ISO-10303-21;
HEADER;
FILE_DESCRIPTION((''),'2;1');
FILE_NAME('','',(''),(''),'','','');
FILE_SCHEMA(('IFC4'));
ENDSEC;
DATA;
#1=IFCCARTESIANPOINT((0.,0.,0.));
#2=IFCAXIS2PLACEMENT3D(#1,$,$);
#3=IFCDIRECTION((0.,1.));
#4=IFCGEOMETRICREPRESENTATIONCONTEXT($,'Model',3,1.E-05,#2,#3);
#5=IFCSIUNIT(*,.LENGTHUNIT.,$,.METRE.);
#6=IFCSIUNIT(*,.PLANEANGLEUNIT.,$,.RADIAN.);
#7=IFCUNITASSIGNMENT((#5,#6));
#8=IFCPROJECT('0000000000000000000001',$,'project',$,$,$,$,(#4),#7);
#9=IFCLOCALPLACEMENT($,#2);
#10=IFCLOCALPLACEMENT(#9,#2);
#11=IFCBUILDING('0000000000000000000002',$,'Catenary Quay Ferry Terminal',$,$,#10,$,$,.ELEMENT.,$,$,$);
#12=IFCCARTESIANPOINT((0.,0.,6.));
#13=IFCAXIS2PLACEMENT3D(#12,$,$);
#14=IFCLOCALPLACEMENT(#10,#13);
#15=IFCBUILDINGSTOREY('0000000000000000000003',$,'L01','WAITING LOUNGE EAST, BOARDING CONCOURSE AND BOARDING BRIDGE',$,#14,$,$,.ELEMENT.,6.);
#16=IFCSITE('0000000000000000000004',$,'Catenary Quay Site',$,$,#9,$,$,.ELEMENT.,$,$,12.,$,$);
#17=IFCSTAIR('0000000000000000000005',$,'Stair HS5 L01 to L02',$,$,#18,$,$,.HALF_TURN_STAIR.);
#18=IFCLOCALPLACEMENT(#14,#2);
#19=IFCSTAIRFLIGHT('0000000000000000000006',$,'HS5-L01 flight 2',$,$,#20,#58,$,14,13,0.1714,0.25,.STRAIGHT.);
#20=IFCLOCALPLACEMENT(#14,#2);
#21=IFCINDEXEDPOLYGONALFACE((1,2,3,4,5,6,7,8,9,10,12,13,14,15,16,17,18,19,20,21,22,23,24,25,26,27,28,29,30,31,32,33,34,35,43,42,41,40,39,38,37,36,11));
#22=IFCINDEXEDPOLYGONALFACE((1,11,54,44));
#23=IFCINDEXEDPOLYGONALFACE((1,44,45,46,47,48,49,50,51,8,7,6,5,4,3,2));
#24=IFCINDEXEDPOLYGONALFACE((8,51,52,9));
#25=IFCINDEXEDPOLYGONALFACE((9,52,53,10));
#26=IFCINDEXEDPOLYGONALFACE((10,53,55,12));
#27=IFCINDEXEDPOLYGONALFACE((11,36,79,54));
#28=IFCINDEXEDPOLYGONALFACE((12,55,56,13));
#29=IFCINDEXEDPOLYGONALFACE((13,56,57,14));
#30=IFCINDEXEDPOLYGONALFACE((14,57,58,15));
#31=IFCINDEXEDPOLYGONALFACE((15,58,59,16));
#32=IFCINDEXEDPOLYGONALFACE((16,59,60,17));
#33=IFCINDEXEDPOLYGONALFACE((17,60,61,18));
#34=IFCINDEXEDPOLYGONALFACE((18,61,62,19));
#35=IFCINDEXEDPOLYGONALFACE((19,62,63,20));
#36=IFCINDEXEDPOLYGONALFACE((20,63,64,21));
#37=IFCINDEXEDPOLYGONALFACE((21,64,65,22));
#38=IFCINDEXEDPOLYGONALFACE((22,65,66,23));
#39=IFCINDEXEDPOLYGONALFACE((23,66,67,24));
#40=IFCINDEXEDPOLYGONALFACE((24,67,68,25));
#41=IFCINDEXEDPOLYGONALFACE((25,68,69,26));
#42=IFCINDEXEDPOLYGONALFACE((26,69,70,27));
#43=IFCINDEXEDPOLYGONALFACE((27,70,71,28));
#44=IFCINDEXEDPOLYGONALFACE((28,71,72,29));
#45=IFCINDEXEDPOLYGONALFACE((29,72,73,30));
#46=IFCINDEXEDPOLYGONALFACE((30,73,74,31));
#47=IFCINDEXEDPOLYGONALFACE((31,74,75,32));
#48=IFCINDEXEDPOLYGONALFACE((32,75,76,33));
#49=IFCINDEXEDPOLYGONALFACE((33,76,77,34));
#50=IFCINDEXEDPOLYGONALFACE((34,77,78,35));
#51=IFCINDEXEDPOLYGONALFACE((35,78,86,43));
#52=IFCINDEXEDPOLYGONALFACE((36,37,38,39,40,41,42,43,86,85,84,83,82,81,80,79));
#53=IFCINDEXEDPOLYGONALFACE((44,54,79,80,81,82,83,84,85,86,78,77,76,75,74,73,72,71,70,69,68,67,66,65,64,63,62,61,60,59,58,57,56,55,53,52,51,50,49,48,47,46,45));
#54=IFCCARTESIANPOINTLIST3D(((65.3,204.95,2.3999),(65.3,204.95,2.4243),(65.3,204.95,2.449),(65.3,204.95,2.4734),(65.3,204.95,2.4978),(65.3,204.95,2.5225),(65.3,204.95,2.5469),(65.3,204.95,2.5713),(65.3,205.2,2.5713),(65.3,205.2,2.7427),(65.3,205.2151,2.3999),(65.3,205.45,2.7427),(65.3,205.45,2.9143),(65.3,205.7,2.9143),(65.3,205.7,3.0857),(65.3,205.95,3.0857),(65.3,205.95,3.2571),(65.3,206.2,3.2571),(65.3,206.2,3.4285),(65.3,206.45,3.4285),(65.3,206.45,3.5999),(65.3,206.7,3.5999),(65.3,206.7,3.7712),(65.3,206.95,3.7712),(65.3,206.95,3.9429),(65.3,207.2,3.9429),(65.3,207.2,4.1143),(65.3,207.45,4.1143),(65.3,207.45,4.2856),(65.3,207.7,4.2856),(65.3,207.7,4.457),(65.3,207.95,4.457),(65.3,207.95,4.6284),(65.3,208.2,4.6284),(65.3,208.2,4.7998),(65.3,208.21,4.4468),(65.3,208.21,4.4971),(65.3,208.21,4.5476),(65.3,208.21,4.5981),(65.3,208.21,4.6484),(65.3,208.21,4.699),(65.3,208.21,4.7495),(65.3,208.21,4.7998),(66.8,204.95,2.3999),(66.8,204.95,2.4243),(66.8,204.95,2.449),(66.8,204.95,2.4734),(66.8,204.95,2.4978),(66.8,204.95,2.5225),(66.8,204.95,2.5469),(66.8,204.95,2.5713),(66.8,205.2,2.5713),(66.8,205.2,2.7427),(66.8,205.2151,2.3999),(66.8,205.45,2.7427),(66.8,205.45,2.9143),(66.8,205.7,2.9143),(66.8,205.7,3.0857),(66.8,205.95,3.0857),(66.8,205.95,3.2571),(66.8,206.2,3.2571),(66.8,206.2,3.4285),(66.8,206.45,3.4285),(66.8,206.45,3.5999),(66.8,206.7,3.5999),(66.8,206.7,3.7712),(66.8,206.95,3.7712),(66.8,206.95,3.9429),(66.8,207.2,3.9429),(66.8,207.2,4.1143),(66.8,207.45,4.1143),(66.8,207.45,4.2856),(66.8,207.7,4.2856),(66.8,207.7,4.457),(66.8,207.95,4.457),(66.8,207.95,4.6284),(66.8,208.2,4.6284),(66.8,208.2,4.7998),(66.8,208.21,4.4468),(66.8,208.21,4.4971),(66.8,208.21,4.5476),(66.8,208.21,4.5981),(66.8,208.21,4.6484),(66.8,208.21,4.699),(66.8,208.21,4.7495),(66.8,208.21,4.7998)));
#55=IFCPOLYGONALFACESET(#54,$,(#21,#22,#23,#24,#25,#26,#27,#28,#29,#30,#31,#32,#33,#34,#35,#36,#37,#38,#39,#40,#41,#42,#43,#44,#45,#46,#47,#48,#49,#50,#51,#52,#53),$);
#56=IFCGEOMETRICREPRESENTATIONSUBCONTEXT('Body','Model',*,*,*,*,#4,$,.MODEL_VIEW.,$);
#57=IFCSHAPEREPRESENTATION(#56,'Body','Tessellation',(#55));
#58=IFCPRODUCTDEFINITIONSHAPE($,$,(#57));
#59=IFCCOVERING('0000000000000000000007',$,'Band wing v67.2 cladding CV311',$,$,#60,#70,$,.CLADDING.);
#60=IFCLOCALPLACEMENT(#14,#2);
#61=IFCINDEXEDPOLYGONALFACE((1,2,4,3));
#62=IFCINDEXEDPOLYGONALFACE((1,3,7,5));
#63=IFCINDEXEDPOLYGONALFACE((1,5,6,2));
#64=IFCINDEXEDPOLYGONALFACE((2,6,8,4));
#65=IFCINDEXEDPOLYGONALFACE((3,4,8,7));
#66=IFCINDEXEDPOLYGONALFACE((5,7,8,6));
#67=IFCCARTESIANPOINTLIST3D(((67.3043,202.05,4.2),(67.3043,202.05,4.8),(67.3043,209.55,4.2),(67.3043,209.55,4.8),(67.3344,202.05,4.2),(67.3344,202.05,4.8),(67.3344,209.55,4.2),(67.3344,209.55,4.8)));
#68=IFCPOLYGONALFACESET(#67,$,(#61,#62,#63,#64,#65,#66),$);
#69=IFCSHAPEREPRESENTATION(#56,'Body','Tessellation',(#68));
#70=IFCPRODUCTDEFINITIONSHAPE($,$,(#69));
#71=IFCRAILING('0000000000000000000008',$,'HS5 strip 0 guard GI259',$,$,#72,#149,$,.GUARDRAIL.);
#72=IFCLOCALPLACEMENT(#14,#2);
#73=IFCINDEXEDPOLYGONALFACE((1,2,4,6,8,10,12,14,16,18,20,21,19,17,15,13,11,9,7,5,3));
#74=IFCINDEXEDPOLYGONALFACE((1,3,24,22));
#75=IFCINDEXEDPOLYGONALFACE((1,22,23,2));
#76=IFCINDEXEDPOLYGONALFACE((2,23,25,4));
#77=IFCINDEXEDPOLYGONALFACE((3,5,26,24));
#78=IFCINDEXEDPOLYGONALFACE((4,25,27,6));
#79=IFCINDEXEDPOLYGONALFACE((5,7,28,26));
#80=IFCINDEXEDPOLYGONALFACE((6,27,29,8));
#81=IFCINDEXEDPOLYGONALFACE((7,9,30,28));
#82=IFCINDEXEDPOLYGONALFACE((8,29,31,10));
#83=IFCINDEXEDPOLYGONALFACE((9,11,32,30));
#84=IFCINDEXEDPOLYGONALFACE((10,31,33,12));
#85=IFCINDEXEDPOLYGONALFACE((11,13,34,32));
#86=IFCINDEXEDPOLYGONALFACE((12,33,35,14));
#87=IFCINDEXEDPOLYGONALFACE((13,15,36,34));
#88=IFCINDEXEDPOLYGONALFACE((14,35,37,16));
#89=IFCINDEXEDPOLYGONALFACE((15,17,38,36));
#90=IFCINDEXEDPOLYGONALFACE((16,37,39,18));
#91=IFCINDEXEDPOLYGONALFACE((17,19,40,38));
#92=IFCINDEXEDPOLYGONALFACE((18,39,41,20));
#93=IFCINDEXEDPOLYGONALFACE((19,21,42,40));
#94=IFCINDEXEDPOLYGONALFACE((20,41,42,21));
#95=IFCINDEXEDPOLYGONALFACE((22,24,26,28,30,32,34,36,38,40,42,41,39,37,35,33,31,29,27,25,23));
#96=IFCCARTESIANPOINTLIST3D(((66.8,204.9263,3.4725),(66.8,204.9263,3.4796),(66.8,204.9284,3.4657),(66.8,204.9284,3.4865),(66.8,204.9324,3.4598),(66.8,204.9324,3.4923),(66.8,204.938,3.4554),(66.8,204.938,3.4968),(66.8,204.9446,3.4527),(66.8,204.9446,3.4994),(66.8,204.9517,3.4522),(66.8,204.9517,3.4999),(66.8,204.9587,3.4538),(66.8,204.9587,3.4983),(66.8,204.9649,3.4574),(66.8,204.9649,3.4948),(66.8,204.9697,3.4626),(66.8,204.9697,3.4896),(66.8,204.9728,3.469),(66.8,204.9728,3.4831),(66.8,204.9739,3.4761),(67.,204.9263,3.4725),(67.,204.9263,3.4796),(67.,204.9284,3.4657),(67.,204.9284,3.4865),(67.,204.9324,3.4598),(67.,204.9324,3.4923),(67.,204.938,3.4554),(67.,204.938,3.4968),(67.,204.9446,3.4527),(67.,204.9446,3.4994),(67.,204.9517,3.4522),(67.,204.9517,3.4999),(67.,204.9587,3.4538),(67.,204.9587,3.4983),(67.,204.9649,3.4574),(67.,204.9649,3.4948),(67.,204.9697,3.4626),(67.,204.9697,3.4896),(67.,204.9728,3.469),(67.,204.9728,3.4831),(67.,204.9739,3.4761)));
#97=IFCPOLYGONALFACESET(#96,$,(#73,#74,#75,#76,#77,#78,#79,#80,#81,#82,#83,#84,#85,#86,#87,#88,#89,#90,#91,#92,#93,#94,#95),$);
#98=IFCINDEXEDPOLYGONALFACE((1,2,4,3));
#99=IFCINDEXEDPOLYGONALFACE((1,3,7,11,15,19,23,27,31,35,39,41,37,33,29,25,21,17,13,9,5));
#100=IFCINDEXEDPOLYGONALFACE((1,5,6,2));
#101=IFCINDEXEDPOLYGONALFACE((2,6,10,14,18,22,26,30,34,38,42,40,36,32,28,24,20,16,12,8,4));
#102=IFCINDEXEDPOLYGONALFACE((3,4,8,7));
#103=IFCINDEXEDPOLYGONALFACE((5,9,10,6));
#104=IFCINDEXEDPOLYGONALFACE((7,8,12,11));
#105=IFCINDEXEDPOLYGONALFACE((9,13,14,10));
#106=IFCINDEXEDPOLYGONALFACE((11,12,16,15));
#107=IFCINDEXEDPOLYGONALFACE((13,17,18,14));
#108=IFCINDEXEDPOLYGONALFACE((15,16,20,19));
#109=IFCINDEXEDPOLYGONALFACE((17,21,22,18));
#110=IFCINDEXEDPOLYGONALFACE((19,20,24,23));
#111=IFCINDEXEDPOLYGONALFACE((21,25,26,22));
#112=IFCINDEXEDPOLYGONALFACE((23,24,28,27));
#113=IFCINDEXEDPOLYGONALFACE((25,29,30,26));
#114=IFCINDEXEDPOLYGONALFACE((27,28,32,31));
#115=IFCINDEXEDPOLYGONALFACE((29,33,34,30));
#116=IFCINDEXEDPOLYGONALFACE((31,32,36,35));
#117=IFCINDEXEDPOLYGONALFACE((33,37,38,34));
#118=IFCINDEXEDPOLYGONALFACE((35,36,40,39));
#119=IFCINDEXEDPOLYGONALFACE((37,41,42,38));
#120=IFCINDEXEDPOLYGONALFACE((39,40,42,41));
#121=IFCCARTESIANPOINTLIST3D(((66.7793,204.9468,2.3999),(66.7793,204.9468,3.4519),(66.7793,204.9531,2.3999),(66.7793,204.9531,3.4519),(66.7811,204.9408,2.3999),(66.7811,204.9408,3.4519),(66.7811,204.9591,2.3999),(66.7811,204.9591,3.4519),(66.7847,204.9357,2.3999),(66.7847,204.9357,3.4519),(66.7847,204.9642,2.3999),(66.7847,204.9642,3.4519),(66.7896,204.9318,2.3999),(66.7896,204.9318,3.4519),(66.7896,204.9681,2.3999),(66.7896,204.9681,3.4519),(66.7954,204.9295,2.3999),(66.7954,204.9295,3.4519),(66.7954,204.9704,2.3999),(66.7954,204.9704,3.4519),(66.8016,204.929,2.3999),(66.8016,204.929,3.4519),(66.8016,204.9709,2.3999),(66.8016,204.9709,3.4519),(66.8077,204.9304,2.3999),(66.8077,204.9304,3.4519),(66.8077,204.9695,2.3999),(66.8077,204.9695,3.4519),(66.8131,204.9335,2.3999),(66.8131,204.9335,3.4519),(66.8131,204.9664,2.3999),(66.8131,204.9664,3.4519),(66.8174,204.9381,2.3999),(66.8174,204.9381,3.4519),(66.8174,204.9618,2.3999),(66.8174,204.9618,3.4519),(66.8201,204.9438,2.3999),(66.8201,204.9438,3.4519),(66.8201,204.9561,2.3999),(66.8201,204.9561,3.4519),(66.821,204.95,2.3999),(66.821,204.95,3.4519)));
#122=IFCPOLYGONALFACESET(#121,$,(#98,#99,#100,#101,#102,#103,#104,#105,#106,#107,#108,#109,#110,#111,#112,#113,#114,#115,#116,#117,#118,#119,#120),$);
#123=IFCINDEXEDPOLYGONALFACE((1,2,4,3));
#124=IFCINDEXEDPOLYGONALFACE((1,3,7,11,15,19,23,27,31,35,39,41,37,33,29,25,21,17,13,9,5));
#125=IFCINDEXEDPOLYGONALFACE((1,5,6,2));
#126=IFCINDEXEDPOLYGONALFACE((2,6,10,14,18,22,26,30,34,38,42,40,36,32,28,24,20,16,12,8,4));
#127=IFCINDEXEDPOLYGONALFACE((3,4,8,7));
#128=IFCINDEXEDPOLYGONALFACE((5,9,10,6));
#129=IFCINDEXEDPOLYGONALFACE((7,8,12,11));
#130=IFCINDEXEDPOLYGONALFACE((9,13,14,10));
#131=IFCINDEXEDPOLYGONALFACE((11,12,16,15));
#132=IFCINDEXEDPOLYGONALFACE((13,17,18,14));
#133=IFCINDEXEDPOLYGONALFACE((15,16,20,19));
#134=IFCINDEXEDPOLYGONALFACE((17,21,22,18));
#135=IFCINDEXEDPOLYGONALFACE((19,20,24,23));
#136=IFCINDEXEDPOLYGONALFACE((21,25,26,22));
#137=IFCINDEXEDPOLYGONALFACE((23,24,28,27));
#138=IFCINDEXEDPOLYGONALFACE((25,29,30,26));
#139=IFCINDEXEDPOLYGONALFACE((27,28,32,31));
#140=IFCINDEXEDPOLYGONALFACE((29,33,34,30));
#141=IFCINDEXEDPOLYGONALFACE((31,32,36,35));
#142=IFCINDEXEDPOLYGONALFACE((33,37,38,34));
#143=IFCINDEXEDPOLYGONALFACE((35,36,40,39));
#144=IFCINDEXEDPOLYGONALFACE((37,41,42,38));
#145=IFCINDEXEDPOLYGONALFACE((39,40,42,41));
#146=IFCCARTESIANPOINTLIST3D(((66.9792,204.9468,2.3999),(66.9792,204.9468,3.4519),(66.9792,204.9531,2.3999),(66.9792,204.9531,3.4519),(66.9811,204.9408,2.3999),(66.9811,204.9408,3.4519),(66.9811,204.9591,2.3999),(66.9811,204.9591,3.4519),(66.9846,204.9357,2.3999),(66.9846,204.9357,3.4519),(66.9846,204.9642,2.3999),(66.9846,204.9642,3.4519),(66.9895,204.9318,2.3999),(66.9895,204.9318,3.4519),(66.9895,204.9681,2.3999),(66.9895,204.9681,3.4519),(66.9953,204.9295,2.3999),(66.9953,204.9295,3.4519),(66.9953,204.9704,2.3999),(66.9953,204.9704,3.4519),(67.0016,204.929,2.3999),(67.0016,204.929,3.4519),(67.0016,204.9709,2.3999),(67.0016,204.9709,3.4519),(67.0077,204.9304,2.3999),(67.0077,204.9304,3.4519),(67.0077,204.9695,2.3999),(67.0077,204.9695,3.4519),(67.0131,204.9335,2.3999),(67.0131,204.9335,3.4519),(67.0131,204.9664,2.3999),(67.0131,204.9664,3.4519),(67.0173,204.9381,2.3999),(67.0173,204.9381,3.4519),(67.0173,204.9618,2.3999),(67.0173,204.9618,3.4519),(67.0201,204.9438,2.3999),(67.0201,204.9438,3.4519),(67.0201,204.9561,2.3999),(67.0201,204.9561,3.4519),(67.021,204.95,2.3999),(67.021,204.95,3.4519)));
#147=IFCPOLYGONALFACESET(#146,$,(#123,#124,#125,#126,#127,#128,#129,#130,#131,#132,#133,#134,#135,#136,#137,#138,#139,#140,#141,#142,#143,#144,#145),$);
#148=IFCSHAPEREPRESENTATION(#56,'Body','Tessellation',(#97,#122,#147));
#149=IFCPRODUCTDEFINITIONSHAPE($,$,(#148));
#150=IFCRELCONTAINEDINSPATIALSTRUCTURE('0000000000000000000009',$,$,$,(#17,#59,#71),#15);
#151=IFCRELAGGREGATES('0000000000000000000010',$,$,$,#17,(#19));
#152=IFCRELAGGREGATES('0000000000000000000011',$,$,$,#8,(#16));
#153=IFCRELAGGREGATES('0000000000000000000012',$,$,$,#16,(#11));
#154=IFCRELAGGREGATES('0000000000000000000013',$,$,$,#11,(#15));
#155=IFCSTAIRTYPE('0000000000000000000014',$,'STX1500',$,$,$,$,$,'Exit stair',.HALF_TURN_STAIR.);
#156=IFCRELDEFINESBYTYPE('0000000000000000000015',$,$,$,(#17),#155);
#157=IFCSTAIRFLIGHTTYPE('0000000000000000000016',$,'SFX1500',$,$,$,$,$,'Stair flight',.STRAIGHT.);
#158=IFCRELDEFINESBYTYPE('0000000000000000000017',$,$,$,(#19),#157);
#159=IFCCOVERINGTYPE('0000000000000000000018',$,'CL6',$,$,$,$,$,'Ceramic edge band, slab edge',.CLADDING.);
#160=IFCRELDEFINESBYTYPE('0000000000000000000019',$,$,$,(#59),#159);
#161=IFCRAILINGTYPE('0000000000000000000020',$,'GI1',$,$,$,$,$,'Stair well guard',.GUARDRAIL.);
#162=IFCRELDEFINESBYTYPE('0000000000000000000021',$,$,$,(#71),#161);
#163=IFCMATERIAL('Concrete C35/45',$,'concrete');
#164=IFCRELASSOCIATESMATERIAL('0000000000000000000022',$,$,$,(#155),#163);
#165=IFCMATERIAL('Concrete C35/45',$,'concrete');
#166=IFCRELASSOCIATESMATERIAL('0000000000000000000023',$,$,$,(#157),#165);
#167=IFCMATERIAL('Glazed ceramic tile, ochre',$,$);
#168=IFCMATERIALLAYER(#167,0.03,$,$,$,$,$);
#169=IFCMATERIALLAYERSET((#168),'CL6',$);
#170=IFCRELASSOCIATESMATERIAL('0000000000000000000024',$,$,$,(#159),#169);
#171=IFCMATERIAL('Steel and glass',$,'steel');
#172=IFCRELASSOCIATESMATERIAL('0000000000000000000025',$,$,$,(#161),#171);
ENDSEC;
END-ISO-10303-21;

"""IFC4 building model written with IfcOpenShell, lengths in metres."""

from ifc_helpers import new_model, si_unit, direction, frame, origin, origin_2d, place, context, subcontext, project, spatial, polyline, rectangle, circle, outline, extrude, material, layer, layer_set, type_object, element, aggregate, save


model = new_model("IFC4")

# Units and contexts
model_context = context("Model", 3, precision=1e-05, world=origin(), true_north=direction((0.0, 1.0)))
body_context = subcontext(model_context, "Body", "Model", "MODEL_VIEW")
ifc_project = project(units=[si_unit("LENGTHUNIT", "METRE"), si_unit("PLANEANGLEUNIT", "RADIAN")], contexts=[model_context])

# Site, building, storey
site_placement = place(None, origin())
site = spatial("IfcSite", under=ifc_project, at=site_placement, Name="Catenary Quay Site", CompositionType="ELEMENT", RefElevation=12.0)
building_placement = place(site_placement, origin())
building = spatial("IfcBuilding", under=site, at=building_placement, Name="Catenary Quay Ferry Terminal", CompositionType="ELEMENT")
storey_placement = place(building_placement, frame((0.0, 0.0, 6.0)))
storey = spatial("IfcBuildingStorey", under=building, at=storey_placement, Name="L01", Description="WAITING LOUNGE EAST, BOARDING CONCOURSE AND BOARDING BRIDGE", CompositionType="ELEMENT", Elevation=6.0)

# Stair, stair flight
ifc_material_1 = material(Name="Concrete C35/45", Category="concrete")
stair_type = type_object("IfcStairType", Name="STX1500", ElementType="Exit stair", PredefinedType="HALF_TURN_STAIR", material=ifc_material_1)
stair_placement = place(storey_placement, origin())
stair = element("IfcStair", 1, at=stair_placement, inside=storey, type_object=stair_type, Name="Stair HS5 L01 to L02", PredefinedType="HALF_TURN_STAIR")
ifc_material_2 = material(Name="Concrete C35/45", Category="concrete")
stair_flight_type = type_object("IfcStairFlightType", Name="SFX1500", ElementType="Stair flight", PredefinedType="STRAIGHT", material=ifc_material_2)
stair_flight_placement = place(storey_placement, frame((66.05, 204.95, 2.3999), z_axis=(0.0, 0.0, 1.0), x_axis=(0.0, 1.0, 0.0)))
stair_flight = element("IfcStairFlight", 2, at=stair_flight_placement, type_object=stair_flight_type, Name="HS5-L01 flight 2", NumberOfRisers=14, NumberOfTreads=13, PredefinedType="STRAIGHT", RiserHeight=0.1714, TreadLength=0.25, context=body_context, shape_type="SweptSolid", body=[
    extrude(outline(polyline([(0.0, 0.0), (0.0, 0.0244), (0.0, 0.0491), (0.0, 0.0735), (0.0, 0.0979), (0.0, 0.1226), (0.0, 0.147), (0.0, 0.1714), (0.25, 0.1714), (0.25, 0.3428), (0.5, 0.3428), (0.5, 0.5144), (0.75, 0.5144), (0.75, 0.6858), (1.0, 0.6858), (1.0, 0.8572), (1.25, 0.8572), (1.25, 1.0286), (1.5, 1.0286), (1.5, 1.2), (1.75, 1.2), (1.75, 1.3713), (2.0, 1.3713), (2.0, 1.543), (2.25, 1.543), (2.25, 1.7144), (2.5, 1.7144), (2.5, 1.8857), (2.75, 1.8857), (2.75, 2.0571), (3.0, 2.0571), (3.0, 2.2285), (3.25, 2.2285), (3.25, 2.3999), (3.26, 2.3999), (3.26, 2.3496), (3.26, 2.2991), (3.26, 2.2485), (3.26, 2.1982), (3.26, 2.1477), (3.26, 2.0972), (3.26, 2.0469), (0.2651, 0.0), (0.0, 0.0)])), frame((0.0, 0.75, 0.0), z_axis=(0.0, -1.0, 0.0), x_axis=(1.0, 0.0, 0.0)), (0.0, 0.0, 1.0), 1.5),
])
aggregate(stair, [stair_flight])

# Covering
ifc_material_3 = material(Name="Glazed ceramic tile, ochre")
ifc_layer_1 = layer(ifc_material_3, 0.03)
ifc_layer_set_1 = layer_set([ifc_layer_1], Name="CL6")
covering_type = type_object("IfcCoveringType", Name="CL6", ElementType="Ceramic edge band, slab edge", PredefinedType="CLADDING", material=ifc_layer_set_1)
covering_placement = place(storey_placement, frame((67.3193, 205.8, 4.2), z_axis=(0.0, 0.0, 1.0), x_axis=(1.0, 0.0, 0.0)))
element("IfcCovering", 3, at=covering_placement, inside=storey, type_object=covering_type, Name="Band wing v67.2 cladding CV311", PredefinedType="CLADDING", context=body_context, shape_type="SweptSolid", body=[
    extrude(rectangle(XDim=0.03, YDim=7.5, at=origin_2d()), origin(), (0.0, 0.0, 1.0), 0.6001),
])

# Railing
ifc_material_4 = material(Name="Steel and glass", Category="steel")
railing_type_1 = type_object("IfcRailingType", Name="GI1", ElementType="Stair well guard", PredefinedType="GUARDRAIL", material=ifc_material_4)
railing_1_placement = place(storey_placement, frame((66.8, 204.95, 2.3999)))
element("IfcRailing", 4, at=railing_1_placement, inside=storey, type_object=railing_type_1, Name="HS5 strip 0 guard GI259", PredefinedType="GUARDRAIL", context=body_context, shape_type="SweptSolid", body=[
    extrude(circle(Radius=0.0239, at=origin_2d()), frame((0.0, 0.0, 1.0762), z_axis=(1.0, 0.0, 0.0), x_axis=(0.0, 1.0, 0.0)), (0.0, 0.0, 1.0), 0.2),
    extrude(circle(Radius=0.021, at=origin_2d()), origin(), (0.0, 0.0, 1.0), 1.052),
    extrude(circle(Radius=0.021, at=origin_2d()), frame((0.2, 0.0, 0.0)), (0.0, 0.0, 1.0), 1.052),
])

save(model, "model.ifc")
